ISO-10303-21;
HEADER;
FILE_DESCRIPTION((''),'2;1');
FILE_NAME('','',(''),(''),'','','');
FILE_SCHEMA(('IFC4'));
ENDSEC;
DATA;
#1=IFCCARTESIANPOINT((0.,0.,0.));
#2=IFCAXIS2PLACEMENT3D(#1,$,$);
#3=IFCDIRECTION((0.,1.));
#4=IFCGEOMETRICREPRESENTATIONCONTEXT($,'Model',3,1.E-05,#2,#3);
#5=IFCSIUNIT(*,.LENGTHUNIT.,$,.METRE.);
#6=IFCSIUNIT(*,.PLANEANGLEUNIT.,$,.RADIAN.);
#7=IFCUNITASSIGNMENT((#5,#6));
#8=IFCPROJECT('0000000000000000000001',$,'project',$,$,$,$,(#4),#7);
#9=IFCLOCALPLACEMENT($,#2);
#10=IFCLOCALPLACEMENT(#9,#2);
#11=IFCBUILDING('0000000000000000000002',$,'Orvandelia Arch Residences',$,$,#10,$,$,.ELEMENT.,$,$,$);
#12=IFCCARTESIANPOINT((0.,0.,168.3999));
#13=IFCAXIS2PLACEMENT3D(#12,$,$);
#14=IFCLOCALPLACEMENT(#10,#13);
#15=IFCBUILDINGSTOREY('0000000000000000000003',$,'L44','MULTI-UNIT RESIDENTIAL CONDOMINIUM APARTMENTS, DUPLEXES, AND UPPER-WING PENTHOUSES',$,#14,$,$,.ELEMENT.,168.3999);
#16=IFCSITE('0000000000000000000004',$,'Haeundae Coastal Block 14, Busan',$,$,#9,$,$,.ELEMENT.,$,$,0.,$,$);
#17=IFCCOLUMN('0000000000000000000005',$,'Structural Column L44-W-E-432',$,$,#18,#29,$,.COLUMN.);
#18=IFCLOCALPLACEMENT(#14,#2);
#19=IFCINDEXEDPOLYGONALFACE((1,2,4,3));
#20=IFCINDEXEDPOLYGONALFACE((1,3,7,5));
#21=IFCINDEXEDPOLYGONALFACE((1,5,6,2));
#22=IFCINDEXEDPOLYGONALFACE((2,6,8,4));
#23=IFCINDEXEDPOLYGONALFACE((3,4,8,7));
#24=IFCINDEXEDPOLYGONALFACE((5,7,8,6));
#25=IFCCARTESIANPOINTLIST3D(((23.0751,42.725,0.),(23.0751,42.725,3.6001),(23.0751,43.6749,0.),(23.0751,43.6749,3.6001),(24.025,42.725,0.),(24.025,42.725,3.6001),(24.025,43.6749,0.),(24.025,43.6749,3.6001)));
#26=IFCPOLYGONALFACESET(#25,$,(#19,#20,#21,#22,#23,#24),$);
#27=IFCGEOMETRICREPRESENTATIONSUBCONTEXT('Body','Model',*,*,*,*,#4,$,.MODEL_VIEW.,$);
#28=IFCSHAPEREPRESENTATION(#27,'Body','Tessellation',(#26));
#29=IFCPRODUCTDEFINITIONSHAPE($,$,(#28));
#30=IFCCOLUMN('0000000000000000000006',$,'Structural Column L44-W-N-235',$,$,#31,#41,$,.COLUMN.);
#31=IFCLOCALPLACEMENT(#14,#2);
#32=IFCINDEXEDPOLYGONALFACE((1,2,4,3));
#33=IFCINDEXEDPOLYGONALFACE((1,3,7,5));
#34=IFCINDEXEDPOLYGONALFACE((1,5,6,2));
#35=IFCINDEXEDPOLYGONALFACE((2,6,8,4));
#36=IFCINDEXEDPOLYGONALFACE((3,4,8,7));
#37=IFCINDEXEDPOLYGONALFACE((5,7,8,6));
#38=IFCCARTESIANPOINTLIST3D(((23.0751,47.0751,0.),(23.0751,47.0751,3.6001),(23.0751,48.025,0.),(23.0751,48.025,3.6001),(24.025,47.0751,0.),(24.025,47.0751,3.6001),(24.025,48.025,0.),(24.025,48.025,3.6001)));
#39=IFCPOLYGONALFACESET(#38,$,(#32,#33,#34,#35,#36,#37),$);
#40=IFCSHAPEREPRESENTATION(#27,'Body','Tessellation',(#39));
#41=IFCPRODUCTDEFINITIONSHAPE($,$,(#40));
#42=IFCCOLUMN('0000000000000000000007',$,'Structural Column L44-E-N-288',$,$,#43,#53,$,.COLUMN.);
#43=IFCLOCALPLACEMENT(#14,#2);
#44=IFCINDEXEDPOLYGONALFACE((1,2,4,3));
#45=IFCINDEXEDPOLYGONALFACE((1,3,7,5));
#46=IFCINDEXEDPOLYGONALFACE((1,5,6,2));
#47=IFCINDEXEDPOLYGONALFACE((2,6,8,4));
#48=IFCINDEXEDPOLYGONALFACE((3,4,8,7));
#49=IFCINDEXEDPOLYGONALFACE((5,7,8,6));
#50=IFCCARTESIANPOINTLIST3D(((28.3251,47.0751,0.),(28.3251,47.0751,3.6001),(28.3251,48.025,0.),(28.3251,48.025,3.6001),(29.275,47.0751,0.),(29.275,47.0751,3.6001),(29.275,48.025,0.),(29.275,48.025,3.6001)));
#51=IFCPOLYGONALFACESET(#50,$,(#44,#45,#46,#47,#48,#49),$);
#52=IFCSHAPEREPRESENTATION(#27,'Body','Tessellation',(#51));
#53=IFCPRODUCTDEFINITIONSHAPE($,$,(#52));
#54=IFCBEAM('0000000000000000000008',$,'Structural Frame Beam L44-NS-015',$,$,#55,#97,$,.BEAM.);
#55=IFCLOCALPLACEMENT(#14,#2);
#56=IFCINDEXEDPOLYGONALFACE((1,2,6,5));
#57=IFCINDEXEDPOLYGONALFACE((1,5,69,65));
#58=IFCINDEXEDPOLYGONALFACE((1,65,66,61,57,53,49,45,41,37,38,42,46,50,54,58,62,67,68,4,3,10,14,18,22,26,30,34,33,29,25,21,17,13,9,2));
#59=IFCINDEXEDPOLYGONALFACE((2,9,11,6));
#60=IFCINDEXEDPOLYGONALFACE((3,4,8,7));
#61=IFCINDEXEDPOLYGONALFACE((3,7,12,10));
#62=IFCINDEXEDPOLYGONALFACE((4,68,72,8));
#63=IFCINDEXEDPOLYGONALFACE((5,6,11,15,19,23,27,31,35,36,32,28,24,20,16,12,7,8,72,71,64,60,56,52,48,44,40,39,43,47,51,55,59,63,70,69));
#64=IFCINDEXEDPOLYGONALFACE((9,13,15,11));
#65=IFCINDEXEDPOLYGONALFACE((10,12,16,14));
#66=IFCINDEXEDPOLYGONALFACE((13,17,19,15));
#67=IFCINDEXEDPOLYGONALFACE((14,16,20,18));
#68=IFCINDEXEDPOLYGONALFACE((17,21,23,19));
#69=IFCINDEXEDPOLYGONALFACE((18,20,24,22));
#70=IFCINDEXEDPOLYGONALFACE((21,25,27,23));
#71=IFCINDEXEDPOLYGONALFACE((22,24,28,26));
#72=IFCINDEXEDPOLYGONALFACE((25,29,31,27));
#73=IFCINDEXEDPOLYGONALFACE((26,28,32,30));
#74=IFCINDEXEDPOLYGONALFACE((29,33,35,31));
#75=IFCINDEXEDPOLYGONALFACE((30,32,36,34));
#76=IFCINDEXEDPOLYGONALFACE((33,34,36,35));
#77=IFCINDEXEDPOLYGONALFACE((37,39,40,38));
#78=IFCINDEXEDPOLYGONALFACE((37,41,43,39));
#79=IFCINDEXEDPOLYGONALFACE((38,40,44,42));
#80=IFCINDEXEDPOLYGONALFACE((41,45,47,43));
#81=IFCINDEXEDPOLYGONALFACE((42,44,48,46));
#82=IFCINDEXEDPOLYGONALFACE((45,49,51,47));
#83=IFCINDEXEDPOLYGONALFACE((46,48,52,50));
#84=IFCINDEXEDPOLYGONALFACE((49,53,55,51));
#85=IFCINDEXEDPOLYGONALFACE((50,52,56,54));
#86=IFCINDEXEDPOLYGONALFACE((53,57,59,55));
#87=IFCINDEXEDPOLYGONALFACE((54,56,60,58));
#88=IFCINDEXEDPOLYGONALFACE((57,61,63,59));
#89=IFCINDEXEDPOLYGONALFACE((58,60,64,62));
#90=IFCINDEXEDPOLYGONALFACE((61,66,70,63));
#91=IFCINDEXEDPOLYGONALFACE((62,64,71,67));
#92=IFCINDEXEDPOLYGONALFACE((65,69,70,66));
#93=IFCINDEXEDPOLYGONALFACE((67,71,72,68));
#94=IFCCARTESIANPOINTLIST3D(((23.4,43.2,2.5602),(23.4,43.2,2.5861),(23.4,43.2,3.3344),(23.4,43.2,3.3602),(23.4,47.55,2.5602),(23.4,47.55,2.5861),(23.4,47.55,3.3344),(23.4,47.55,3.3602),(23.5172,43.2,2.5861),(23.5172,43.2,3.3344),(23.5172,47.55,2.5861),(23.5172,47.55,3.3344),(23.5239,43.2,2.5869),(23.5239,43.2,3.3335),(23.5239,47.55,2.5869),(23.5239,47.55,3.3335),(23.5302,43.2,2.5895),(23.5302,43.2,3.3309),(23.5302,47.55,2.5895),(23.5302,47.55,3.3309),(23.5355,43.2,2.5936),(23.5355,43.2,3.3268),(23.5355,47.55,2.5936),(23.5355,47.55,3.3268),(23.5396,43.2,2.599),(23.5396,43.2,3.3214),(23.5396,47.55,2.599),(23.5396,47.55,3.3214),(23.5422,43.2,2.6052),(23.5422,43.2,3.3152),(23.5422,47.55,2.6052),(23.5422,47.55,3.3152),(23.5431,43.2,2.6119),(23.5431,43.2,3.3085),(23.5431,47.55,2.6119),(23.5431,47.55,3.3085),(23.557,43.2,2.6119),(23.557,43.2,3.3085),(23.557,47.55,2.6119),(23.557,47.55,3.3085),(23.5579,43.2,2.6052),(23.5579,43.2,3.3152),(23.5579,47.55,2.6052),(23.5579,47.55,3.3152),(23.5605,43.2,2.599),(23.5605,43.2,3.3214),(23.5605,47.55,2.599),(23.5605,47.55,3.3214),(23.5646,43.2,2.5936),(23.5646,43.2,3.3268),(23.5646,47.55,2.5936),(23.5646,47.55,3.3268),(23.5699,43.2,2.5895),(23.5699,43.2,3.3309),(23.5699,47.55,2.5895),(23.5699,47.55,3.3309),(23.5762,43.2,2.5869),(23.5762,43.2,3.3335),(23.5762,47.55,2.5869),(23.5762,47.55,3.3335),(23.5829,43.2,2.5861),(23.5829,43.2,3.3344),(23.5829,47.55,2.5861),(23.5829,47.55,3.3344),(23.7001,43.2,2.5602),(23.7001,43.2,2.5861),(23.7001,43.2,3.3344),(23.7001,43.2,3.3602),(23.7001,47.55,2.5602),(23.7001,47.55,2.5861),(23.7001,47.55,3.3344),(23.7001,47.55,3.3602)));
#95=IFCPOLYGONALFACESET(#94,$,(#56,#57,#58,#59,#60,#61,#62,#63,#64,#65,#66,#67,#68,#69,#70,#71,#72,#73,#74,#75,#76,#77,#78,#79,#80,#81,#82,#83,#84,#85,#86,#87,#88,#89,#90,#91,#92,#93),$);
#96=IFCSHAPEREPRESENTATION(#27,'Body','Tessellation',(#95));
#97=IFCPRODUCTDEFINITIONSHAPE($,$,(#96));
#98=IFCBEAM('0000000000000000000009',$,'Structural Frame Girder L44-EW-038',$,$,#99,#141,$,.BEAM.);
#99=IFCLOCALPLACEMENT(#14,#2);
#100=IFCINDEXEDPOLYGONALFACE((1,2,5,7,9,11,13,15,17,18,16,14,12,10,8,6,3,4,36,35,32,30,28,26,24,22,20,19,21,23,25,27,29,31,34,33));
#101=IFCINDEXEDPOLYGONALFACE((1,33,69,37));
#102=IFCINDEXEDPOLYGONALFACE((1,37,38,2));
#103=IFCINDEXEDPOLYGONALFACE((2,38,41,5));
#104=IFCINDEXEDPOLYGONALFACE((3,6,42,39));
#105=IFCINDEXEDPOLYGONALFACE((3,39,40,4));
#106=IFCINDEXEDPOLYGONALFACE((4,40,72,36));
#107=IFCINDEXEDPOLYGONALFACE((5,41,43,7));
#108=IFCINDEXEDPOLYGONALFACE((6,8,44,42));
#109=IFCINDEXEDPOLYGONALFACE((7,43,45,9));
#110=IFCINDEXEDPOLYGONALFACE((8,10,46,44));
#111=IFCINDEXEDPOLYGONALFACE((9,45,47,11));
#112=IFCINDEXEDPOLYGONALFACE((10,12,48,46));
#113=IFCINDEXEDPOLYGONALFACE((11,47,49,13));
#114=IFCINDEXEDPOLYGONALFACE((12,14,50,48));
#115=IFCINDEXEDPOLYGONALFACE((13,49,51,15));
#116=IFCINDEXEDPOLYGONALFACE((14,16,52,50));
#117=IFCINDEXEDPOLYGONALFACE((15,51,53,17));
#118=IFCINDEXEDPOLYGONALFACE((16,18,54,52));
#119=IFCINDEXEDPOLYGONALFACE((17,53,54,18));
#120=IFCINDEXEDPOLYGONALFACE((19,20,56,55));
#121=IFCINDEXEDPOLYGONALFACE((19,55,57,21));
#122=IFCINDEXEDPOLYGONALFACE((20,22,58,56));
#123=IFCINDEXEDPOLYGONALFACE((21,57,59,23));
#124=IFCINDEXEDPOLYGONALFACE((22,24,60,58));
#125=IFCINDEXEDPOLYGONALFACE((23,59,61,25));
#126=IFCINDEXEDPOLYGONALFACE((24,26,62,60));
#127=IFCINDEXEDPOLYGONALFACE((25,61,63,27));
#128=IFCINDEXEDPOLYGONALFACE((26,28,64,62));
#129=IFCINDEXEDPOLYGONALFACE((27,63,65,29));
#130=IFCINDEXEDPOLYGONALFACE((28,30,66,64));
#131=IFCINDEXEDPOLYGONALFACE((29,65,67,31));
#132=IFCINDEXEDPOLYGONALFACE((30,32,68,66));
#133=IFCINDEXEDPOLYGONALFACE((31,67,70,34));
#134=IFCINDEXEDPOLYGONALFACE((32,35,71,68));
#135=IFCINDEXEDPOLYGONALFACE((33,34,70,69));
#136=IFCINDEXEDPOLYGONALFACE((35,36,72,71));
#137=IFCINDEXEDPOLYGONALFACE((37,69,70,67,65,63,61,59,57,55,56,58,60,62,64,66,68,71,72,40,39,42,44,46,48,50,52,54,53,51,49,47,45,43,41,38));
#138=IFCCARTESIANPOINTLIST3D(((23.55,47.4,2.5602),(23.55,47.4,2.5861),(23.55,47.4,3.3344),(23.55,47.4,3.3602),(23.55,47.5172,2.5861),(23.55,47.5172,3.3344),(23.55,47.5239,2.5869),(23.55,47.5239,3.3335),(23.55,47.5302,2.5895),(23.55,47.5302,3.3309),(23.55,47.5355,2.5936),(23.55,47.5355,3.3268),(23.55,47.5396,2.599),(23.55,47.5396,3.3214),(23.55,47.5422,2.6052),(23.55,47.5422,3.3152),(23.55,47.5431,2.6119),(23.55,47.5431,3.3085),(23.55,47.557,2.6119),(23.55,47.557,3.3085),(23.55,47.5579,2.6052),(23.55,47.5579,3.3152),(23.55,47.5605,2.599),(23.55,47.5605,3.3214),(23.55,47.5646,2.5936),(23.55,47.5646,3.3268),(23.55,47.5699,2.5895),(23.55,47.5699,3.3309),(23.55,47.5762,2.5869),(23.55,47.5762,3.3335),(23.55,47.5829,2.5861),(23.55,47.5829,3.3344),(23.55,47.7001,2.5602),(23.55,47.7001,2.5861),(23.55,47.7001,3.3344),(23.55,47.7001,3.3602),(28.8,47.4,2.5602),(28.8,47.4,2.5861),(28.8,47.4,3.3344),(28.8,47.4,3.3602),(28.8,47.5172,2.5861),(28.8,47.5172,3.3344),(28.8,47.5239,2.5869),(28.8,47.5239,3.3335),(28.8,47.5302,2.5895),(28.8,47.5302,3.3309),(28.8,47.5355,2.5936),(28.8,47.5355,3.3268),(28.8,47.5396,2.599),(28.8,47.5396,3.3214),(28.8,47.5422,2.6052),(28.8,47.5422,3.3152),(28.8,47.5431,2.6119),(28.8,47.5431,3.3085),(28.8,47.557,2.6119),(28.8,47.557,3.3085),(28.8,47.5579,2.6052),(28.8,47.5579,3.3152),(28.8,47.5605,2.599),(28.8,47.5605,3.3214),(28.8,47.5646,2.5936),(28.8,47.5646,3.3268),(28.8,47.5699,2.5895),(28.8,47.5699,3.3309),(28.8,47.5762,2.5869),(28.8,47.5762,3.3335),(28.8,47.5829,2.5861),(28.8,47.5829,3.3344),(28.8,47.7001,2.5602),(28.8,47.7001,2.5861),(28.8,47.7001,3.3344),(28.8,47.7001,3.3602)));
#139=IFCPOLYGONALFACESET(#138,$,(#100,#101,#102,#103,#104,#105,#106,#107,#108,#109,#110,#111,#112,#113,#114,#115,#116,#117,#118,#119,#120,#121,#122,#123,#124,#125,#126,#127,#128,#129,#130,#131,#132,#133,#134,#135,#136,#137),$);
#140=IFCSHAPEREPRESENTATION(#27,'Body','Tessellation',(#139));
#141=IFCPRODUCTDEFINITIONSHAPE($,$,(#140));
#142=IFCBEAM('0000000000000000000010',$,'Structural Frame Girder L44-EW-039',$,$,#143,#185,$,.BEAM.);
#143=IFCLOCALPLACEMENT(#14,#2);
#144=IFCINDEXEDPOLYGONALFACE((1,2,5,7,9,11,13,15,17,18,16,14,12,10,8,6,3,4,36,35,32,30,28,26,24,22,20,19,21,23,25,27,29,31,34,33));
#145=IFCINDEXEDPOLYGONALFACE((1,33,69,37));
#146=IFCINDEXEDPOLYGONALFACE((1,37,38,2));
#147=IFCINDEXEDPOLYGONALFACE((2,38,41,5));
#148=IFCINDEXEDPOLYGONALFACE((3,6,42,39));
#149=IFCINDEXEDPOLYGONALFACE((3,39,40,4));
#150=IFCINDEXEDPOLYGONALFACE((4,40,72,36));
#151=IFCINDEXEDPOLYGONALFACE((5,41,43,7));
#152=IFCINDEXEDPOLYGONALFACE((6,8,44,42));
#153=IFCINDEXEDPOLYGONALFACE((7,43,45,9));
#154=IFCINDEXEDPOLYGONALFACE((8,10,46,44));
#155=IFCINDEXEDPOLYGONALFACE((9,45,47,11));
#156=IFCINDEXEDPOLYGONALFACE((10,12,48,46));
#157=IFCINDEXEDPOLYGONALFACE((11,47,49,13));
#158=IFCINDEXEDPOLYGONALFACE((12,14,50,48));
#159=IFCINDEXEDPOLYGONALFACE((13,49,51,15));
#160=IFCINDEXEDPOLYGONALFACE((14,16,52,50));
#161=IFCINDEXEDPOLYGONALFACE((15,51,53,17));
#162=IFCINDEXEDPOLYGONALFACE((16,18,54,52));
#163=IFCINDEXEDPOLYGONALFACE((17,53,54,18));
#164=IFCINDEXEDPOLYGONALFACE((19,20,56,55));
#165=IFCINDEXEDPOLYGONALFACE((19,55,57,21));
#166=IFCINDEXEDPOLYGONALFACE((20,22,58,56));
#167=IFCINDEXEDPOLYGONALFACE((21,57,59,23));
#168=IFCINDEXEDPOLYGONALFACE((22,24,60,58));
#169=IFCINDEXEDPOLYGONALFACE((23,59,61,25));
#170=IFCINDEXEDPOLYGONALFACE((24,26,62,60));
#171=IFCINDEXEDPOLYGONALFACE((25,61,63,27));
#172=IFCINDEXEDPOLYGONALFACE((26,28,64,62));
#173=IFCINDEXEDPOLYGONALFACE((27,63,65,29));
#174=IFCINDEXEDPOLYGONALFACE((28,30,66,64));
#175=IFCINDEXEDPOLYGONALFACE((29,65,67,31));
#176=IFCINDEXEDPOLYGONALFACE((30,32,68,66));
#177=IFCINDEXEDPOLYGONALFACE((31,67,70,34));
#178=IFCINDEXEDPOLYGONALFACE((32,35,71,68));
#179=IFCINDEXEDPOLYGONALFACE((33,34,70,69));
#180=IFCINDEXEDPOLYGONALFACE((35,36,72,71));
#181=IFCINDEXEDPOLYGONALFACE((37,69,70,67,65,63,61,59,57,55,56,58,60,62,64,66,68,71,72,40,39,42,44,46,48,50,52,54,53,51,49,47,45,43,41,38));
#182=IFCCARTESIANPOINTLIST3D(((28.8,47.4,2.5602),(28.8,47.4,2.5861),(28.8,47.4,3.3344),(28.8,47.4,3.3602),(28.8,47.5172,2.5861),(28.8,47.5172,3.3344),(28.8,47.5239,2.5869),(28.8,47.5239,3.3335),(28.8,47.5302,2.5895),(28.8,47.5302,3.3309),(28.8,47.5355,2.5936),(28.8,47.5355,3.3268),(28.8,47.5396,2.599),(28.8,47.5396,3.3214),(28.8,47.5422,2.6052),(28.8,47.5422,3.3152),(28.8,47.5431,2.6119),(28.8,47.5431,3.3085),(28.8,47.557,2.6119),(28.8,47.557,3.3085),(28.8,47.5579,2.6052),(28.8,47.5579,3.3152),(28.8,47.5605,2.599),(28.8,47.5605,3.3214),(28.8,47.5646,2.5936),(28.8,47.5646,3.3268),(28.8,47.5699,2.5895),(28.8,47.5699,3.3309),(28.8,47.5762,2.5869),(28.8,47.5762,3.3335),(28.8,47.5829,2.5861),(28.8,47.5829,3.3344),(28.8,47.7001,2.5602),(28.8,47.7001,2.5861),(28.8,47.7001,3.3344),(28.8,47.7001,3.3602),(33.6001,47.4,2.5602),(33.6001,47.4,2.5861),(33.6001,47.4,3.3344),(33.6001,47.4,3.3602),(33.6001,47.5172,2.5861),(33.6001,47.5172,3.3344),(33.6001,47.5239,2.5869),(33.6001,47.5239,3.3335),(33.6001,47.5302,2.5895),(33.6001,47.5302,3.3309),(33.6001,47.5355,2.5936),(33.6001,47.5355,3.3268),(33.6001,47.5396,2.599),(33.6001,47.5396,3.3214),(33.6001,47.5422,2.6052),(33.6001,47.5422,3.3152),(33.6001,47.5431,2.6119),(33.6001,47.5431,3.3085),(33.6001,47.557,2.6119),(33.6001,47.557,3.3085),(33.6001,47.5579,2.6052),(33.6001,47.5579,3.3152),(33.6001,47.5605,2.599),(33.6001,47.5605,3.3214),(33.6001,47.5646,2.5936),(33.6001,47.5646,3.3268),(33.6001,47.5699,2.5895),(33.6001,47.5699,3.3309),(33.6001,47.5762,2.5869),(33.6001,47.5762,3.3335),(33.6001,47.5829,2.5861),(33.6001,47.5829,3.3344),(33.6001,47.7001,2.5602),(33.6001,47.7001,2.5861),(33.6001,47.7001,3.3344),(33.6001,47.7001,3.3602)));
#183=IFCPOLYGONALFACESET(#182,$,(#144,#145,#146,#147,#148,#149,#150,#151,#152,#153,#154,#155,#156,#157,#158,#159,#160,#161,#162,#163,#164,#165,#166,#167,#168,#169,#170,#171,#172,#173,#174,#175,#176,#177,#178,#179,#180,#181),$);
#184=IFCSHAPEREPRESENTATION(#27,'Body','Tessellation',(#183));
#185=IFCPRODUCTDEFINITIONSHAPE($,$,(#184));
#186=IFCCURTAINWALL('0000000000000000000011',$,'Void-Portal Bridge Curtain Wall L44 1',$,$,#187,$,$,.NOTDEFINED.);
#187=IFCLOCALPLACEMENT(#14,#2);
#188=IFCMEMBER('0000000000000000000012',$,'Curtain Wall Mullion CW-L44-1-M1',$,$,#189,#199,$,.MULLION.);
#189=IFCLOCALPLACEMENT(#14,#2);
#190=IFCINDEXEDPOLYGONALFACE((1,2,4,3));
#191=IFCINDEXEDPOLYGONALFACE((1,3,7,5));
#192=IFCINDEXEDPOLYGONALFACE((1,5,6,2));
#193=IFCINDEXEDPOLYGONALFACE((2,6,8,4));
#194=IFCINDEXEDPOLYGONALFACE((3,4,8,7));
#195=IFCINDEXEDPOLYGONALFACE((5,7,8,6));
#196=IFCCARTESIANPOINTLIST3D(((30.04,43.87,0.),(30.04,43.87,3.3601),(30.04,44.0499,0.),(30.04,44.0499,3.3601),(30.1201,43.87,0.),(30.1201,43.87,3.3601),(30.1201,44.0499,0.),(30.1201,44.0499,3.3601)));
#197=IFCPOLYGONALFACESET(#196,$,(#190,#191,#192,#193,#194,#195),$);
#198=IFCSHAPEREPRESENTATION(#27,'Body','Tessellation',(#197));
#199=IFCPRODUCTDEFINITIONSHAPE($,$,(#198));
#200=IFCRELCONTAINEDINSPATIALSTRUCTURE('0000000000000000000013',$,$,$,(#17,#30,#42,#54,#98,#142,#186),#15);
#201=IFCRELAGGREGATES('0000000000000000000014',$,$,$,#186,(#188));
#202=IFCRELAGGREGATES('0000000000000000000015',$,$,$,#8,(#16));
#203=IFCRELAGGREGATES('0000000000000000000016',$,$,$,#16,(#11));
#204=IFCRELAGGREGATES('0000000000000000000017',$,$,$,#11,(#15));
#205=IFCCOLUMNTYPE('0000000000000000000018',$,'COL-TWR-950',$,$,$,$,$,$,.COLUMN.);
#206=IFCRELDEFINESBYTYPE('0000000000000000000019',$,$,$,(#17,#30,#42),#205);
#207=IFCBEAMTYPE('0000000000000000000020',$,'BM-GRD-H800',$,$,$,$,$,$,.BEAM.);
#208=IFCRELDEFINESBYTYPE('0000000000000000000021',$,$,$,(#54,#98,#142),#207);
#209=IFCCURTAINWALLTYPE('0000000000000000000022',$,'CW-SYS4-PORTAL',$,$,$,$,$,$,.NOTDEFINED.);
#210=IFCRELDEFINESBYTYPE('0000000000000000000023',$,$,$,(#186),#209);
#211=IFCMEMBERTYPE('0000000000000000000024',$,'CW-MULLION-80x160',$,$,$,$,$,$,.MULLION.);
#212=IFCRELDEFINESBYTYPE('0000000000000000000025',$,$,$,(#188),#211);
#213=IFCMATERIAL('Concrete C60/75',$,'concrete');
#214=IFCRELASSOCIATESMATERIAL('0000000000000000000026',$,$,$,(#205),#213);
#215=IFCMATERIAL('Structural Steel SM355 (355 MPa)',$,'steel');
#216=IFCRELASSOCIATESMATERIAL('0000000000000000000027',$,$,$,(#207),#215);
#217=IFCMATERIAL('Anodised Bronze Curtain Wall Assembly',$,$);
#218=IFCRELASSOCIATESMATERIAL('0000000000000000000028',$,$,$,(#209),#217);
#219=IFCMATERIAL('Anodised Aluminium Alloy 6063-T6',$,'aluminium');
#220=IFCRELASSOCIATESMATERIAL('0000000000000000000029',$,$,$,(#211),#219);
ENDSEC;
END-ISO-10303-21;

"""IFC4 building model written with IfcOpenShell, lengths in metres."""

from ifc_helpers import new_model, si_unit, direction, frame, origin, origin_2d, place, context, subcontext, project, spatial, rectangle, i_section, extrude, material, material_profile, profile_set, type_object, element, aggregate, save


model = new_model("IFC4")

# Units and contexts
model_context = context("Model", 3, precision=1e-05, world=origin(), true_north=direction((0.0, 1.0)))
body_context = subcontext(model_context, "Body", "Model", "MODEL_VIEW")
ifc_project = project(units=[si_unit("LENGTHUNIT", "METRE"), si_unit("PLANEANGLEUNIT", "RADIAN")], contexts=[model_context])

# Site, building, storey
site_placement = place(None, origin())
site = spatial("IfcSite", under=ifc_project, at=site_placement, Name="Haeundae Coastal Block 14, Busan", CompositionType="ELEMENT", RefElevation=0.0)
building_placement = place(site_placement, origin())
building = spatial("IfcBuilding", under=site, at=building_placement, Name="Orvandelia Arch Residences", CompositionType="ELEMENT")
storey_placement = place(building_placement, frame((0.0, 0.0, 168.3999)))
storey = spatial("IfcBuildingStorey", under=building, at=storey_placement, Name="L44", Description="MULTI-UNIT RESIDENTIAL CONDOMINIUM APARTMENTS, DUPLEXES, AND UPPER-WING PENTHOUSES", CompositionType="ELEMENT", Elevation=168.3999)

# Columns
ifc_material_1 = material(Name="Concrete C60/75", Category="concrete")
ifc_material_profile_1 = material_profile(ifc_material_1, rectangle(XDim=0.95, YDim=0.95, at=origin_2d()), Name="Concrete C60/75", Category="concrete")
ifc_profile_set_1 = profile_set([ifc_material_profile_1], Name="Concrete C60/75")
column_type = type_object("IfcColumnType", Name="COL-TWR-950", PredefinedType="COLUMN", material=ifc_profile_set_1)
for number, where, z_axis, x_axis, name in (
    (1, (23.55, 43.2, 0.0), (0.0, 0.0, 1.0), (1.0, 0.0, 0.0), "Structural Column L44-W-E-432"),
    (2, (23.55, 47.55, 0.0), (0.0, 0.0, 1.0), (1.0, 0.0, 0.0), "Structural Column L44-W-N-235"),
    (3, (28.8, 47.55, 0.0), (0.0, 0.0, 1.0), (1.0, 0.0, 0.0), "Structural Column L44-E-N-288"),
):
    element("IfcColumn", number, at=place(storey_placement, frame(where, z_axis=z_axis, x_axis=x_axis)), inside=storey, type_object=column_type, Name=name, PredefinedType="COLUMN", context=body_context, shape_type="SweptSolid", body=[
        extrude(rectangle(XDim=0.95, YDim=0.95, at=origin_2d()), origin(), (0.0, 0.0, 1.0), 3.6001),
    ])

# Beams
ifc_material_2 = material(Name="Structural Steel SM355 (355 MPa)", Category="steel")
ifc_material_profile_2 = material_profile(ifc_material_2, i_section(OverallWidth=0.3, OverallDepth=0.8, WebThickness=0.0139, FlangeThickness=0.0259, FilletRadius=0.0259, at=origin_2d()), Name="Structural Steel SM355 (355 MPa)", Category="steel")
ifc_profile_set_2 = profile_set([ifc_material_profile_2], Name="Structural Steel SM355 (355 MPa)")
beam_type = type_object("IfcBeamType", Name="BM-GRD-H800", PredefinedType="BEAM", material=ifc_profile_set_2)
beam_1_placement = place(storey_placement, frame((23.55, 43.2, 2.9602), z_axis=(0.0, 1.0, 0.0), x_axis=(-1.0, 0.0, 0.0)))
element("IfcBeam", 4, at=beam_1_placement, inside=storey, type_object=beam_type, Name="Structural Frame Beam L44-NS-015", PredefinedType="BEAM", context=body_context, shape_type="SweptSolid", body=[
    extrude(i_section(OverallWidth=0.3, OverallDepth=0.8, WebThickness=0.0139, FlangeThickness=0.0259, FilletRadius=0.0259, at=origin_2d()), origin(), (0.0, 0.0, 1.0), 4.3501),
])
beam_2_placement = place(storey_placement, frame((23.55, 47.55, 2.9602), z_axis=(1.0, 0.0, 0.0), x_axis=(0.0, 1.0, 0.0)))
element("IfcBeam", 5, at=beam_2_placement, inside=storey, type_object=beam_type, Name="Structural Frame Girder L44-EW-038", PredefinedType="BEAM", context=body_context, shape_type="SweptSolid", body=[
    extrude(i_section(OverallWidth=0.3, OverallDepth=0.8, WebThickness=0.0139, FlangeThickness=0.0259, FilletRadius=0.0259, at=origin_2d()), origin(), (0.0, 0.0, 1.0), 5.25),
])
beam_3_placement = place(storey_placement, frame((28.8, 47.55, 2.9602), z_axis=(1.0, 0.0, 0.0), x_axis=(0.0, 1.0, 0.0)))
element("IfcBeam", 6, at=beam_3_placement, inside=storey, type_object=beam_type, Name="Structural Frame Girder L44-EW-039", PredefinedType="BEAM", context=body_context, shape_type="SweptSolid", body=[
    extrude(i_section(OverallWidth=0.3, OverallDepth=0.8, WebThickness=0.0139, FlangeThickness=0.0259, FilletRadius=0.0259, at=origin_2d()), origin(), (0.0, 0.0, 1.0), 4.8),
])

# Curtain wall, member
ifc_material_3 = material(Name="Anodised Bronze Curtain Wall Assembly")
curtain_wall_type = type_object("IfcCurtainWallType", Name="CW-SYS4-PORTAL", PredefinedType="NOTDEFINED", material=ifc_material_3)
curtain_wall_placement = place(storey_placement, origin())
curtain_wall = element("IfcCurtainWall", 7, at=curtain_wall_placement, inside=storey, type_object=curtain_wall_type, Name="Void-Portal Bridge Curtain Wall L44 1", PredefinedType="NOTDEFINED")
ifc_material_4 = material(Name="Anodised Aluminium Alloy 6063-T6", Category="aluminium")
ifc_material_profile_3 = material_profile(ifc_material_4, rectangle(XDim=0.0801, YDim=0.1799, at=origin_2d()), Name="Anodised Aluminium Alloy 6063-T6", Category="aluminium")
ifc_profile_set_3 = profile_set([ifc_material_profile_3], Name="Anodised Aluminium Alloy 6063-T6")
member_type_1 = type_object("IfcMemberType", Name="CW-MULLION-80x160", PredefinedType="MULLION", material=ifc_profile_set_3)
member_1_placement = place(storey_placement, frame((30.0801, 43.96, 0.0), z_axis=(0.0, 0.0, 1.0), x_axis=(1.0, 0.0, 0.0)))
member_1 = element("IfcMember", 8, at=member_1_placement, type_object=member_type_1, Name="Curtain Wall Mullion CW-L44-1-M1", PredefinedType="MULLION", context=body_context, shape_type="SweptSolid", body=[
    extrude(rectangle(XDim=0.0801, YDim=0.1799, at=origin_2d()), origin(), (0.0, 0.0, 1.0), 3.3601),
])
aggregate(curtain_wall, [member_1])

save(model, "model.ifc")
